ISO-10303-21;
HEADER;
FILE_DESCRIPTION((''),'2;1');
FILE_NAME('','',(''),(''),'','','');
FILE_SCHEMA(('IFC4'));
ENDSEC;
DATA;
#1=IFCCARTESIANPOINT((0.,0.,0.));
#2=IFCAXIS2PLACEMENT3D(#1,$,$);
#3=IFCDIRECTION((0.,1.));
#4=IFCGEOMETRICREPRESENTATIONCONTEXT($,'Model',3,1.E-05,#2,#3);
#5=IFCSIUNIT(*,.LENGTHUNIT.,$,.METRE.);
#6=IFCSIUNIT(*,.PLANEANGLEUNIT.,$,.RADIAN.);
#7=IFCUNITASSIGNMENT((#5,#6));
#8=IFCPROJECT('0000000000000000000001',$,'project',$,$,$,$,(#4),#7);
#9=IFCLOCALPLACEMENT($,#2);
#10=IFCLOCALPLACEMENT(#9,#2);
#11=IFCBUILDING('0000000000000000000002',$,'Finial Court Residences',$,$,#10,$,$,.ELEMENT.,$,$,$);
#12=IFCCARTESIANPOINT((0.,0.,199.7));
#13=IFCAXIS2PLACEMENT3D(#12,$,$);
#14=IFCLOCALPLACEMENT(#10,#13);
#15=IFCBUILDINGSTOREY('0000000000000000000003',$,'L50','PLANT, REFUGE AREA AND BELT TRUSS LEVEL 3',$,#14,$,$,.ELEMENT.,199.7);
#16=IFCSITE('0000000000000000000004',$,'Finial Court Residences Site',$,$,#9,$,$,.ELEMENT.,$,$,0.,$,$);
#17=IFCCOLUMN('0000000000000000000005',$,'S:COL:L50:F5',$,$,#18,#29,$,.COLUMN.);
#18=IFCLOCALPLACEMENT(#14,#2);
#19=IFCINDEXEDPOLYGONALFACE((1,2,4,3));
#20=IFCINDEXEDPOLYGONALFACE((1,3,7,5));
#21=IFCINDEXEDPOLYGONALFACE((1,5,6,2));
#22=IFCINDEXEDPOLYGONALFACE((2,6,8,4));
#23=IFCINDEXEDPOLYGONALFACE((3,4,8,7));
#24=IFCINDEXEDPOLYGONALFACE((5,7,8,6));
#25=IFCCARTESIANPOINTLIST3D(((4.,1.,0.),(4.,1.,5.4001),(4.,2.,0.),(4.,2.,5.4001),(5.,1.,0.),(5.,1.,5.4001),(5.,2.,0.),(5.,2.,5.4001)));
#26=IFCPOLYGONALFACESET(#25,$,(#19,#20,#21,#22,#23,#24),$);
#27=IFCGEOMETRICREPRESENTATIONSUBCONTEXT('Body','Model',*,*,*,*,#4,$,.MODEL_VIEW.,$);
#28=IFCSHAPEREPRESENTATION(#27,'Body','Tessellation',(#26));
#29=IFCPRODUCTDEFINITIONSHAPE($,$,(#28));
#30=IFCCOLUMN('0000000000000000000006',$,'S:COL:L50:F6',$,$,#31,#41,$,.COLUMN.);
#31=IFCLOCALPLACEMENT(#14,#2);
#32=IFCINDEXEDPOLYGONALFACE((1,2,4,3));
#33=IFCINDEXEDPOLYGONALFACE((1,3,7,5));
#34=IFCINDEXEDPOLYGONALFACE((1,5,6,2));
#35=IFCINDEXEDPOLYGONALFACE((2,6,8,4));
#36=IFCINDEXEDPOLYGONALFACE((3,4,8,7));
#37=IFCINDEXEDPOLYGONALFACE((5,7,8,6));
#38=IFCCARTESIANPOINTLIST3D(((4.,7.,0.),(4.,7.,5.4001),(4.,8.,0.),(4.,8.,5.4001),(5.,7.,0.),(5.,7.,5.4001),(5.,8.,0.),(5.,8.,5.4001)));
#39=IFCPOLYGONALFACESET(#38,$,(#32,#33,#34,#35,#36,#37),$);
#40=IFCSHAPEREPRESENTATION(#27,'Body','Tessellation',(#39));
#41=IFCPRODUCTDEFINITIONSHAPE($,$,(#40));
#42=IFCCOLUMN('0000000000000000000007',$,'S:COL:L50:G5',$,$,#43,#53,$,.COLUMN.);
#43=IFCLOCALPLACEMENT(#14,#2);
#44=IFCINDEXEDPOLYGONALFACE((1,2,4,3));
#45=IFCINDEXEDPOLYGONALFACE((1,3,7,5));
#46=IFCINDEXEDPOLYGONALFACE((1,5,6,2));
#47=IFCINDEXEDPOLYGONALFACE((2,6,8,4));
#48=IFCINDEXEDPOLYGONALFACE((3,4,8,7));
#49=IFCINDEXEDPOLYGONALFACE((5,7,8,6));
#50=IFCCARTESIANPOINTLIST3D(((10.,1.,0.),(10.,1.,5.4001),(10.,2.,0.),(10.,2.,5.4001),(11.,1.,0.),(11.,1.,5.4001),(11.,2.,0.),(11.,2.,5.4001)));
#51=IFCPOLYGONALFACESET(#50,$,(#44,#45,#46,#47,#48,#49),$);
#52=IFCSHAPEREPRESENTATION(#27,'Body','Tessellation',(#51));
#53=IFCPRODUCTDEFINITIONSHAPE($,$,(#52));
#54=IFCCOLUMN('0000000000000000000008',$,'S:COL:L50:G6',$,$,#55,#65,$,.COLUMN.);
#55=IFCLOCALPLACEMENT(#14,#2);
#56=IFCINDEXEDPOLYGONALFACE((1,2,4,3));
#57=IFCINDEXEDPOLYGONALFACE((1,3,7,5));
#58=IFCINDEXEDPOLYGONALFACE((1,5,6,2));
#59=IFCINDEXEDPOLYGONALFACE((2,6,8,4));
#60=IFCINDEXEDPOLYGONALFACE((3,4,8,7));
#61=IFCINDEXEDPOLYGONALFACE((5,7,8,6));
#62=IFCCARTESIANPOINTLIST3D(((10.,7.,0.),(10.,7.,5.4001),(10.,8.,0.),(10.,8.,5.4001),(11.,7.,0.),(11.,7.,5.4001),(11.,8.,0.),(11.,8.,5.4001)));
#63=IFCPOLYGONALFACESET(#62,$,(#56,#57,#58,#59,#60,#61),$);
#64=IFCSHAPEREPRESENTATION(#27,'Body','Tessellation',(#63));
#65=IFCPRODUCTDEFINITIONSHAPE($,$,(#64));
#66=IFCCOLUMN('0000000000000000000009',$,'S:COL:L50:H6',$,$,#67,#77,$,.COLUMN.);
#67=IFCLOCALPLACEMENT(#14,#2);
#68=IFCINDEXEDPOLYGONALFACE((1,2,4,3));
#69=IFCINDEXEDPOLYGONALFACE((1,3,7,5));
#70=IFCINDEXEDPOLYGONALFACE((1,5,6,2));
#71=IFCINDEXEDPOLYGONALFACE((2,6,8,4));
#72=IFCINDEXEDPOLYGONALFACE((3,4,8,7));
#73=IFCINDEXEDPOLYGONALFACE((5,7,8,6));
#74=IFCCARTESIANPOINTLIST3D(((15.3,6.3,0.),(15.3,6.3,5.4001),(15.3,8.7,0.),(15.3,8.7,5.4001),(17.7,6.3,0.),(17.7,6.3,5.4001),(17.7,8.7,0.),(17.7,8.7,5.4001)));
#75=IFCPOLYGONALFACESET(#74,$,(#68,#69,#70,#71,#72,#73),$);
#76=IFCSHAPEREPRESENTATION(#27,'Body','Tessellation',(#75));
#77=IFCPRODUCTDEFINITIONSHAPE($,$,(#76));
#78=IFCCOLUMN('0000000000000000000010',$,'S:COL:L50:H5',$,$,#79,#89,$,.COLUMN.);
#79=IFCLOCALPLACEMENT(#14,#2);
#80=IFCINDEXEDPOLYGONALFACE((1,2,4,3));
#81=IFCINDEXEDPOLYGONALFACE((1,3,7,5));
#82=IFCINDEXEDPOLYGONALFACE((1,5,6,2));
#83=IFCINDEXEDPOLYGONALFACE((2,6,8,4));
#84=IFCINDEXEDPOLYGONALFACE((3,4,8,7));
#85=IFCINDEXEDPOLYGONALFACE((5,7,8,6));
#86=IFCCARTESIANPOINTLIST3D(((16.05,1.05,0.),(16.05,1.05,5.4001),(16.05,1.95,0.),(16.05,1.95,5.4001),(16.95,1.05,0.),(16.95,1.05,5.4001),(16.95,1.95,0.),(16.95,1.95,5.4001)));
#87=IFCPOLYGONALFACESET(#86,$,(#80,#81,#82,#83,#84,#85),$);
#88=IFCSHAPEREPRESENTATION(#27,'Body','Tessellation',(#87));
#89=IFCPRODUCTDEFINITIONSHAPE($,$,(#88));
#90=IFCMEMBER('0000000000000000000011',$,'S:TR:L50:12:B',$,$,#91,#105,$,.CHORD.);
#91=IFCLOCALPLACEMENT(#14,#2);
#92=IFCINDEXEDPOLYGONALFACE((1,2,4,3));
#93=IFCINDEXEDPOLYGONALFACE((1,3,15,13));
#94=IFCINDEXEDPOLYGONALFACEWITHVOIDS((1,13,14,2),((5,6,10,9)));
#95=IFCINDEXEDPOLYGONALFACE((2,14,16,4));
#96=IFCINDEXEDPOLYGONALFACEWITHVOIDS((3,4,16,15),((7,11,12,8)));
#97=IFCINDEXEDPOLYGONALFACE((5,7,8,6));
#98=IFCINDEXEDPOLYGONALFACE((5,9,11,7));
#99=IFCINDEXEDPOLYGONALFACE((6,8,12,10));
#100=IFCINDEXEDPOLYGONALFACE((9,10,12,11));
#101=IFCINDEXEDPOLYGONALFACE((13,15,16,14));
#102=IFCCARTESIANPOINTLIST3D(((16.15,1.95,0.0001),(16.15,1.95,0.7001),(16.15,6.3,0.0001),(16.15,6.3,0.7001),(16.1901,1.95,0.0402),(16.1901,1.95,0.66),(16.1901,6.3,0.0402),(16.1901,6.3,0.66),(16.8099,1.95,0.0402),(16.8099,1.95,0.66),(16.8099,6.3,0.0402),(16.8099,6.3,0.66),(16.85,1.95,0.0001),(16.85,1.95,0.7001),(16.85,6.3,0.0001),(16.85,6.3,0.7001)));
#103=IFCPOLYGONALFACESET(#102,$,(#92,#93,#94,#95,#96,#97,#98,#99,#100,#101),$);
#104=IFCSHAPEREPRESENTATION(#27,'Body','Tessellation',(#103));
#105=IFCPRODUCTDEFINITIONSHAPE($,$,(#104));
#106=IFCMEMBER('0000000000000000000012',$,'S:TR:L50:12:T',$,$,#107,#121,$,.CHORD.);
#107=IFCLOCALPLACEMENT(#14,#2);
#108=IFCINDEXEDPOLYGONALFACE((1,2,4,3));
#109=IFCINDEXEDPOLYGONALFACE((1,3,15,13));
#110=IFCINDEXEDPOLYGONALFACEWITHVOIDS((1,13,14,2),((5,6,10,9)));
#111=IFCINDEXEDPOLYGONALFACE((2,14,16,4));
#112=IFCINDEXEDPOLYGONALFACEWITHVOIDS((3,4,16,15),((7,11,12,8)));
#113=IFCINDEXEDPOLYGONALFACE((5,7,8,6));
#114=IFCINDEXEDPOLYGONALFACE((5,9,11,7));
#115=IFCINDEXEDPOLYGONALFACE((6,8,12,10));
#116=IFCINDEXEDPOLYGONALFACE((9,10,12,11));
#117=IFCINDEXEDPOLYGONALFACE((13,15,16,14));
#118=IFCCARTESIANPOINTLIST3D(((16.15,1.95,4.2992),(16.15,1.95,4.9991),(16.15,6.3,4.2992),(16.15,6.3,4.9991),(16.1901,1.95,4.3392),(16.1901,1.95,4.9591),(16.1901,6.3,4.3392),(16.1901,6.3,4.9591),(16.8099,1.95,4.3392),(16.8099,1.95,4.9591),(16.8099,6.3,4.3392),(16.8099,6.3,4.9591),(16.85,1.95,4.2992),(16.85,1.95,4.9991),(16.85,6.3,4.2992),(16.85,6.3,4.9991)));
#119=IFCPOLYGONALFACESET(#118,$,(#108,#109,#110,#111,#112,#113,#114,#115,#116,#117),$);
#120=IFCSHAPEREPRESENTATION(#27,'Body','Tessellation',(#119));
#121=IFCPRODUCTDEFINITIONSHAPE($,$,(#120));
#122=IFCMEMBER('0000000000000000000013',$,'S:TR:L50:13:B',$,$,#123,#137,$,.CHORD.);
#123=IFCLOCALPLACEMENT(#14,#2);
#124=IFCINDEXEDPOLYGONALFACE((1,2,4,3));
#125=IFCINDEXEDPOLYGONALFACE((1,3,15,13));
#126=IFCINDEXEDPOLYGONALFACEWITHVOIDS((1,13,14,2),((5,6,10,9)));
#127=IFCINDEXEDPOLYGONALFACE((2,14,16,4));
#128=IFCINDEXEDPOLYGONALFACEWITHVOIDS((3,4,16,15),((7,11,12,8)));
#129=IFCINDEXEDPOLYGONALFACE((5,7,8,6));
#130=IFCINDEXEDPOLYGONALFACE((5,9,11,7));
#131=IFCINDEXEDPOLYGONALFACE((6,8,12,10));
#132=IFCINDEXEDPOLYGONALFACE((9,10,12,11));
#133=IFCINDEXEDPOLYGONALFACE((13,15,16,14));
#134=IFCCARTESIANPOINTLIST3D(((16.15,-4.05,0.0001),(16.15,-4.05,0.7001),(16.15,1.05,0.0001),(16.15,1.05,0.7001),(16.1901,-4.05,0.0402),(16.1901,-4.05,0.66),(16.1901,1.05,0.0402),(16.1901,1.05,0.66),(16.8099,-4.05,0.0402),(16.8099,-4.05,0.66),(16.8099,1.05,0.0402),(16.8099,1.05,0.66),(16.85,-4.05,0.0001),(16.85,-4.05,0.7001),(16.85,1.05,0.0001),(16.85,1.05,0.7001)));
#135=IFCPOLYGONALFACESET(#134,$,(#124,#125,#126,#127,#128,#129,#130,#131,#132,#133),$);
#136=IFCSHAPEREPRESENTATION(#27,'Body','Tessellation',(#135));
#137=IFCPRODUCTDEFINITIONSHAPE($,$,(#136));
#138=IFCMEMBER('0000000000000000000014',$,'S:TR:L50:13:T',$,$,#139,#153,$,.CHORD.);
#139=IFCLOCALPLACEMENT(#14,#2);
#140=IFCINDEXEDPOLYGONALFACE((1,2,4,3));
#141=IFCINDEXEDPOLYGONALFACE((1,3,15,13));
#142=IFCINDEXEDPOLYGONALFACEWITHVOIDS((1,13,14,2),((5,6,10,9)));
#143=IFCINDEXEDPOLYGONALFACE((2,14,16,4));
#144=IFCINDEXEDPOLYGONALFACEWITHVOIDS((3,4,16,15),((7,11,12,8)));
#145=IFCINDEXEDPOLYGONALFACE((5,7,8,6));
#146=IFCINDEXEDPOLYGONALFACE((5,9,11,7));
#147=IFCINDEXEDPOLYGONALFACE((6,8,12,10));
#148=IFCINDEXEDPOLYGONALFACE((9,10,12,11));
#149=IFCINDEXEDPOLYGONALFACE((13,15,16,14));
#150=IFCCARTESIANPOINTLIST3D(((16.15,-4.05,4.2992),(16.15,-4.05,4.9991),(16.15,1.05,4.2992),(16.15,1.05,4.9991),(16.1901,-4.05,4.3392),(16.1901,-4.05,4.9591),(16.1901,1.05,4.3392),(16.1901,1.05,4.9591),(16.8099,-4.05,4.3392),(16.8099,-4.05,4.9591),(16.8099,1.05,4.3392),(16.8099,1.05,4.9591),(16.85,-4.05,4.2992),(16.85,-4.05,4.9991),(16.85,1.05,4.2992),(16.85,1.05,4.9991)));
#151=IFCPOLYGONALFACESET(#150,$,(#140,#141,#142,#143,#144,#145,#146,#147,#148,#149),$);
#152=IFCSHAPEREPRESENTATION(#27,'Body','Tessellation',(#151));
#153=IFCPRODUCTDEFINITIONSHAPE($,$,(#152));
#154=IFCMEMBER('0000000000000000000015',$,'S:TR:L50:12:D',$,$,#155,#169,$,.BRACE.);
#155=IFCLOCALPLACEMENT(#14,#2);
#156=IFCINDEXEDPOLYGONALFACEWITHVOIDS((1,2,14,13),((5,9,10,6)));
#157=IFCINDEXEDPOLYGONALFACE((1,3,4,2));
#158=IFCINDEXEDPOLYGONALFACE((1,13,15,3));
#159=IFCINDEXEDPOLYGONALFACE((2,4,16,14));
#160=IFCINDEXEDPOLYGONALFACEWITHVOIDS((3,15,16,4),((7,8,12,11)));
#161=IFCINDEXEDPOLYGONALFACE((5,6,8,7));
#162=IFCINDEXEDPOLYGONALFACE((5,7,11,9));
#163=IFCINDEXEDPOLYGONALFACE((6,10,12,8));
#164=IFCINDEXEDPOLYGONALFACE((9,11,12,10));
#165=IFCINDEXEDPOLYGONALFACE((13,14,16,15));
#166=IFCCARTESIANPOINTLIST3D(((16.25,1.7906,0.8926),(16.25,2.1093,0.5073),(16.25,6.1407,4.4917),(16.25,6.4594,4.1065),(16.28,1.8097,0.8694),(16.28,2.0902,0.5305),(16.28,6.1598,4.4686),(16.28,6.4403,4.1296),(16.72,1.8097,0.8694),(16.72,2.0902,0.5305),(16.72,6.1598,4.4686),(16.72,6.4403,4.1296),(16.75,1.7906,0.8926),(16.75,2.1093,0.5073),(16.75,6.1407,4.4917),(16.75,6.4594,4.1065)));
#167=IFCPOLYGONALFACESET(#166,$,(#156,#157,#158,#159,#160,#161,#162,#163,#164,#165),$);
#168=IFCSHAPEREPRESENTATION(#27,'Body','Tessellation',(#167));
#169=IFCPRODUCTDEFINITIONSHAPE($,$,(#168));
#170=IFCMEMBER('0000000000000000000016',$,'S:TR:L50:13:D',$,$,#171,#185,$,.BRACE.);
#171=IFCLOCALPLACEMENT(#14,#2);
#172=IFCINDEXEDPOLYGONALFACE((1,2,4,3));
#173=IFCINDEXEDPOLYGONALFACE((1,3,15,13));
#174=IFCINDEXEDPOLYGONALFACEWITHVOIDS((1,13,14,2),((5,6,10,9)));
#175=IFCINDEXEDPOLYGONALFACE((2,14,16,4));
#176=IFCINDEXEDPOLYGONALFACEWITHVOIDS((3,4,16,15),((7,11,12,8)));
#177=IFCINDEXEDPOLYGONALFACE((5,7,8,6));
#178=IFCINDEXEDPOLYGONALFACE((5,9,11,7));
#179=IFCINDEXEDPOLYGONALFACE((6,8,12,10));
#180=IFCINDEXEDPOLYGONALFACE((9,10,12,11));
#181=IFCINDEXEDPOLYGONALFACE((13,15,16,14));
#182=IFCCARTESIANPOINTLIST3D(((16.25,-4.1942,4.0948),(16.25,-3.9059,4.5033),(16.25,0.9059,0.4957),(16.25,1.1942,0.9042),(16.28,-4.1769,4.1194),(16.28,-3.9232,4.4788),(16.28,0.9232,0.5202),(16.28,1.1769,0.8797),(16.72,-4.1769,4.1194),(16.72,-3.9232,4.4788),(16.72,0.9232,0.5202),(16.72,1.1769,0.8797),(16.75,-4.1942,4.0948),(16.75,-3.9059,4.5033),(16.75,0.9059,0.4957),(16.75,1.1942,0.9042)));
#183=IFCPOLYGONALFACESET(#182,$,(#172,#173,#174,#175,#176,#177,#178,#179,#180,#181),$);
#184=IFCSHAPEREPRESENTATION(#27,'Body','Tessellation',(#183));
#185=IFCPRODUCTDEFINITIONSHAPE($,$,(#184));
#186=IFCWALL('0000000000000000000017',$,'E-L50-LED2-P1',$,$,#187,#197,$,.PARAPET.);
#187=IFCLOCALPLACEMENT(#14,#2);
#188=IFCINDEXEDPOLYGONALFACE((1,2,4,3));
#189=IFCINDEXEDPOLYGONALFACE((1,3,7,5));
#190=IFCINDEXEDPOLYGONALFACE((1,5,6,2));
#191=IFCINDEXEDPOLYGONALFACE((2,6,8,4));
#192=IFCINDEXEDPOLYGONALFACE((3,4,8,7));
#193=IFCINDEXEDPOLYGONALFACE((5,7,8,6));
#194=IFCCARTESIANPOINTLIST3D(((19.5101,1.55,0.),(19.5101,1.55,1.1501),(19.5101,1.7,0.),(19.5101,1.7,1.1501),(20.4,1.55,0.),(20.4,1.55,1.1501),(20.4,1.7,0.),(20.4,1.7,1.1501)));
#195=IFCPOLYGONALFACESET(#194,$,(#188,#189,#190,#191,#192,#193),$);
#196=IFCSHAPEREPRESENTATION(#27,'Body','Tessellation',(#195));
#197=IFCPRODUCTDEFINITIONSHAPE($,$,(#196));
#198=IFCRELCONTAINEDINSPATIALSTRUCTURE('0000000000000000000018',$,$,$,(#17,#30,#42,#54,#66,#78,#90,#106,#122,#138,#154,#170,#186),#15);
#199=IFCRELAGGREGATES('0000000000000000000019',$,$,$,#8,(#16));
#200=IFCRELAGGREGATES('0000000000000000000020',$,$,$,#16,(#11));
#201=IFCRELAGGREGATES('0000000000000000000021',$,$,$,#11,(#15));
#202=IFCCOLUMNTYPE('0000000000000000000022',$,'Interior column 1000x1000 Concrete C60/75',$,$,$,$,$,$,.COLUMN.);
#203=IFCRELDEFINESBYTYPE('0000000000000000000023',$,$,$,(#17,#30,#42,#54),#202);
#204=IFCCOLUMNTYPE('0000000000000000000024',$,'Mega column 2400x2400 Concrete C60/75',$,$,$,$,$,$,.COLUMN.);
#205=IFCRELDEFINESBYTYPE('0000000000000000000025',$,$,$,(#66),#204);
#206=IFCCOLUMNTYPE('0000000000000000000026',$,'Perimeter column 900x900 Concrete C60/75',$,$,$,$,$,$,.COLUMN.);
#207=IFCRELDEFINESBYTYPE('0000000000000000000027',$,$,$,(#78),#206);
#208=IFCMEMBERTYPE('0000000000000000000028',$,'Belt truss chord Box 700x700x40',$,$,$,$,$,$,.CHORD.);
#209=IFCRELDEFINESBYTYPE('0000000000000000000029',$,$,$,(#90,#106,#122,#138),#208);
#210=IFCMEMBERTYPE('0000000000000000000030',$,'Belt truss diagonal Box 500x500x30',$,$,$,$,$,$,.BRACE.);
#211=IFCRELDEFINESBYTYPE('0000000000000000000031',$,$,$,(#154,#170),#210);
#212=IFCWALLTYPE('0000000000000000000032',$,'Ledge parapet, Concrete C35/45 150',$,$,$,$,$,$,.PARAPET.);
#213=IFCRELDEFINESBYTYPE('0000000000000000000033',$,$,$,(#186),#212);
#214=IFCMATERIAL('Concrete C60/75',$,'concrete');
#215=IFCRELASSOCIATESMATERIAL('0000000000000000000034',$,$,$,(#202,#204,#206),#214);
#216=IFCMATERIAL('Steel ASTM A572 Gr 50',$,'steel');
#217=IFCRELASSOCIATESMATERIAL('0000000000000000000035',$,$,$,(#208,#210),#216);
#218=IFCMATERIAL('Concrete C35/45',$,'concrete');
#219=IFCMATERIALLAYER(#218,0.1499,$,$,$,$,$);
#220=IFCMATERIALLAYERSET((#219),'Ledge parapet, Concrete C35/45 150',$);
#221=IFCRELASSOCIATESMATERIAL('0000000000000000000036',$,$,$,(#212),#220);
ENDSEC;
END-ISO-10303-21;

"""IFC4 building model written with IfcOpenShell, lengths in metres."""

from ifc_helpers import new_model, si_unit, direction, frame, frame_2d, origin, origin_2d, place, context, subcontext, project, spatial, rectangle, hollow_rectangle, extrude, material, layer, layer_set, material_profile, profile_set, type_object, element, save


model = new_model("IFC4")

# Units and contexts
model_context = context("Model", 3, precision=1e-05, world=origin(), true_north=direction((0.0, 1.0)))
body_context = subcontext(model_context, "Body", "Model", "MODEL_VIEW")
ifc_project = project(units=[si_unit("LENGTHUNIT", "METRE"), si_unit("PLANEANGLEUNIT", "RADIAN")], contexts=[model_context])

# Site, building, storey
site_placement = place(None, origin())
site = spatial("IfcSite", under=ifc_project, at=site_placement, Name="Finial Court Residences Site", CompositionType="ELEMENT", RefElevation=0.0)
building_placement = place(site_placement, origin())
building = spatial("IfcBuilding", under=site, at=building_placement, Name="Finial Court Residences", CompositionType="ELEMENT")
storey_placement = place(building_placement, frame((0.0, 0.0, 199.7)))
storey = spatial("IfcBuildingStorey", under=building, at=storey_placement, Name="L50", Description="PLANT, REFUGE AREA AND BELT TRUSS LEVEL 3", CompositionType="ELEMENT", Elevation=199.7)

# Columns
ifc_material_1 = material(Name="Concrete C60/75", Category="concrete")
ifc_material_profile_1 = material_profile(ifc_material_1, rectangle(XDim=1.0, YDim=1.0, at=origin_2d()), Name="1000x1000")
ifc_profile_set_1 = profile_set([ifc_material_profile_1], Name="Concrete C60/75")
column_type_1 = type_object("IfcColumnType", Name="Interior column 1000x1000 Concrete C60/75", PredefinedType="COLUMN", material=ifc_profile_set_1)
for number, where, z_axis, x_axis, name in (
    (1, (4.5, 1.5, 0.0), (0.0, 0.0, 1.0), (1.0, 0.0, 0.0), "S:COL:L50:F5"),
    (2, (4.5, 7.5, 0.0), (0.0, 0.0, 1.0), (1.0, 0.0, 0.0), "S:COL:L50:F6"),
    (3, (10.5, 1.5, 0.0), (0.0, 0.0, 1.0), (1.0, 0.0, 0.0), "S:COL:L50:G5"),
    (4, (10.5, 7.5, 0.0), (0.0, 0.0, 1.0), (1.0, 0.0, 0.0), "S:COL:L50:G6"),
):
    element("IfcColumn", number, at=place(storey_placement, frame(where, z_axis=z_axis, x_axis=x_axis)), inside=storey, type_object=column_type_1, Name=name, PredefinedType="COLUMN", context=body_context, shape_type="SweptSolid", body=[
        extrude(rectangle(XDim=1.0, YDim=1.0, at=origin_2d()), origin(), (0.0, 0.0, 1.0), 5.4001),
    ])
ifc_material_profile_2 = material_profile(ifc_material_1, rectangle(XDim=2.3999, YDim=2.3999, at=origin_2d()), Name="2400x2400")
ifc_profile_set_2 = profile_set([ifc_material_profile_2], Name="Concrete C60/75")
column_type_2 = type_object("IfcColumnType", Name="Mega column 2400x2400 Concrete C60/75", PredefinedType="COLUMN", material=ifc_profile_set_2)
column_1_placement = place(storey_placement, frame((16.5, 7.5, 0.0), z_axis=(0.0, 0.0, 1.0), x_axis=(1.0, 0.0, 0.0)))
element("IfcColumn", 5, at=column_1_placement, inside=storey, type_object=column_type_2, Name="S:COL:L50:H6", PredefinedType="COLUMN", context=body_context, shape_type="SweptSolid", body=[
    extrude(rectangle(XDim=2.3999, YDim=2.3999, at=origin_2d()), origin(), (0.0, 0.0, 1.0), 5.4001),
])
ifc_material_profile_3 = material_profile(ifc_material_1, rectangle(XDim=0.8999, YDim=0.8999, at=origin_2d()), Name="900x900")
ifc_profile_set_3 = profile_set([ifc_material_profile_3], Name="Concrete C60/75")
column_type_3 = type_object("IfcColumnType", Name="Perimeter column 900x900 Concrete C60/75", PredefinedType="COLUMN", material=ifc_profile_set_3)
column_2_placement = place(storey_placement, frame((16.5, 1.5, 0.0), z_axis=(0.0, 0.0, 1.0), x_axis=(1.0, 0.0, 0.0)))
element("IfcColumn", 6, at=column_2_placement, inside=storey, type_object=column_type_3, Name="S:COL:L50:H5", PredefinedType="COLUMN", context=body_context, shape_type="SweptSolid", body=[
    extrude(rectangle(XDim=0.8999, YDim=0.8999, at=origin_2d()), origin(), (0.0, 0.0, 1.0), 5.4001),
])

# Members
ifc_material_2 = material(Name="Steel ASTM A572 Gr 50", Category="steel")
ifc_material_profile_4 = material_profile(ifc_material_2, hollow_rectangle(XDim=0.7, YDim=0.7, WallThickness=0.04, at=origin_2d()), Name="Box 700x700x40")
ifc_profile_set_4 = profile_set([ifc_material_profile_4], Name="Steel ASTM A572 Gr 50")
member_type_1 = type_object("IfcMemberType", Name="Belt truss chord Box 700x700x40", PredefinedType="CHORD", material=ifc_profile_set_4)
for number, where, z_axis, x_axis, name in (
    (7, (16.5, 6.3, 0.3501), (0.0, -1.0, 0.0), (1.0, 0.0, 0.0), "S:TR:L50:12:B"),
    (8, (16.5, 6.3, 4.6492), (0.0, -1.0, 0.0), (1.0, 0.0, 0.0), "S:TR:L50:12:T"),
):
    element("IfcMember", number, at=place(storey_placement, frame(where, z_axis=z_axis, x_axis=x_axis)), inside=storey, type_object=member_type_1, Name=name, PredefinedType="CHORD", context=body_context, shape_type="SweptSolid", body=[
        extrude(hollow_rectangle(XDim=0.7, YDim=0.7, WallThickness=0.04, at=origin_2d()), origin(), (0.0, 0.0, 1.0), 4.3501),
    ])
for number, where, z_axis, x_axis, name in (
    (9, (16.5, 1.05, 0.3501), (0.0, -1.0, 0.0), (1.0, 0.0, 0.0), "S:TR:L50:13:B"),
    (10, (16.5, 1.05, 4.6492), (0.0, -1.0, 0.0), (1.0, 0.0, 0.0), "S:TR:L50:13:T"),
):
    element("IfcMember", number, at=place(storey_placement, frame(where, z_axis=z_axis, x_axis=x_axis)), inside=storey, type_object=member_type_1, Name=name, PredefinedType="CHORD", context=body_context, shape_type="SweptSolid", body=[
        extrude(hollow_rectangle(XDim=0.7, YDim=0.7, WallThickness=0.04, at=origin_2d()), origin(), (0.0, 0.0, 1.0), 5.1001),
    ])
ifc_material_profile_5 = material_profile(ifc_material_2, hollow_rectangle(XDim=0.5, YDim=0.5, WallThickness=0.03, at=origin_2d()), Name="Box 500x500x30")
ifc_profile_set_5 = profile_set([ifc_material_profile_5], Name="Steel ASTM A572 Gr 50")
member_type_2 = type_object("IfcMemberType", Name="Belt truss diagonal Box 500x500x30", PredefinedType="BRACE", material=ifc_profile_set_5)
member_1_placement = place(storey_placement, frame((16.5, 6.3, 4.2991), z_axis=(0.0, -0.770478, -0.637467), x_axis=(1.0, 0.0, 0.0)))
element("IfcMember", 11, at=member_1_placement, inside=storey, type_object=member_type_2, Name="S:TR:L50:12:D", PredefinedType="BRACE", context=body_context, shape_type="SweptSolid", body=[
    extrude(hollow_rectangle(XDim=0.5, YDim=0.5, WallThickness=0.03, at=origin_2d()), origin(), (0.0, 0.0, 1.0), 5.646),
])
member_2_placement = place(storey_placement, frame((16.5, 1.05, 0.7), z_axis=(0.0, -0.817039, 0.576582), x_axis=(1.0, 0.0, 0.0)))
element("IfcMember", 12, at=member_2_placement, inside=storey, type_object=member_type_2, Name="S:TR:L50:13:D", PredefinedType="BRACE", context=body_context, shape_type="SweptSolid", body=[
    extrude(hollow_rectangle(XDim=0.5, YDim=0.5, WallThickness=0.03, at=origin_2d()), origin(), (0.0, 0.0, 1.0), 6.2422),
])

# Wall
ifc_material_3 = material(Name="Concrete C35/45", Category="concrete")
ifc_layer_1 = layer(ifc_material_3, 0.1499)
ifc_layer_set_1 = layer_set([ifc_layer_1], Name="Ledge parapet, Concrete C35/45 150")
wall_type_1 = type_object("IfcWallType", Name="Ledge parapet, Concrete C35/45 150", PredefinedType="PARAPET", material=ifc_layer_set_1)
wall_1_placement = place(storey_placement, frame((20.3999, 1.625, 0.0), z_axis=(0.0, 0.0, 1.0), x_axis=(-1.0, 0.0, 0.0)))
element("IfcWall", 13, at=wall_1_placement, inside=storey, type_object=wall_type_1, Name="E-L50-LED2-P1", PredefinedType="PARAPET", context=body_context, shape_type="SweptSolid", body=[
    extrude(rectangle(XDim=0.8899, YDim=0.1499, at=frame_2d((0.4448, 0.0))), origin(), (0.0, 0.0, 1.0), 1.1501),
])

save(model, "model.ifc")
